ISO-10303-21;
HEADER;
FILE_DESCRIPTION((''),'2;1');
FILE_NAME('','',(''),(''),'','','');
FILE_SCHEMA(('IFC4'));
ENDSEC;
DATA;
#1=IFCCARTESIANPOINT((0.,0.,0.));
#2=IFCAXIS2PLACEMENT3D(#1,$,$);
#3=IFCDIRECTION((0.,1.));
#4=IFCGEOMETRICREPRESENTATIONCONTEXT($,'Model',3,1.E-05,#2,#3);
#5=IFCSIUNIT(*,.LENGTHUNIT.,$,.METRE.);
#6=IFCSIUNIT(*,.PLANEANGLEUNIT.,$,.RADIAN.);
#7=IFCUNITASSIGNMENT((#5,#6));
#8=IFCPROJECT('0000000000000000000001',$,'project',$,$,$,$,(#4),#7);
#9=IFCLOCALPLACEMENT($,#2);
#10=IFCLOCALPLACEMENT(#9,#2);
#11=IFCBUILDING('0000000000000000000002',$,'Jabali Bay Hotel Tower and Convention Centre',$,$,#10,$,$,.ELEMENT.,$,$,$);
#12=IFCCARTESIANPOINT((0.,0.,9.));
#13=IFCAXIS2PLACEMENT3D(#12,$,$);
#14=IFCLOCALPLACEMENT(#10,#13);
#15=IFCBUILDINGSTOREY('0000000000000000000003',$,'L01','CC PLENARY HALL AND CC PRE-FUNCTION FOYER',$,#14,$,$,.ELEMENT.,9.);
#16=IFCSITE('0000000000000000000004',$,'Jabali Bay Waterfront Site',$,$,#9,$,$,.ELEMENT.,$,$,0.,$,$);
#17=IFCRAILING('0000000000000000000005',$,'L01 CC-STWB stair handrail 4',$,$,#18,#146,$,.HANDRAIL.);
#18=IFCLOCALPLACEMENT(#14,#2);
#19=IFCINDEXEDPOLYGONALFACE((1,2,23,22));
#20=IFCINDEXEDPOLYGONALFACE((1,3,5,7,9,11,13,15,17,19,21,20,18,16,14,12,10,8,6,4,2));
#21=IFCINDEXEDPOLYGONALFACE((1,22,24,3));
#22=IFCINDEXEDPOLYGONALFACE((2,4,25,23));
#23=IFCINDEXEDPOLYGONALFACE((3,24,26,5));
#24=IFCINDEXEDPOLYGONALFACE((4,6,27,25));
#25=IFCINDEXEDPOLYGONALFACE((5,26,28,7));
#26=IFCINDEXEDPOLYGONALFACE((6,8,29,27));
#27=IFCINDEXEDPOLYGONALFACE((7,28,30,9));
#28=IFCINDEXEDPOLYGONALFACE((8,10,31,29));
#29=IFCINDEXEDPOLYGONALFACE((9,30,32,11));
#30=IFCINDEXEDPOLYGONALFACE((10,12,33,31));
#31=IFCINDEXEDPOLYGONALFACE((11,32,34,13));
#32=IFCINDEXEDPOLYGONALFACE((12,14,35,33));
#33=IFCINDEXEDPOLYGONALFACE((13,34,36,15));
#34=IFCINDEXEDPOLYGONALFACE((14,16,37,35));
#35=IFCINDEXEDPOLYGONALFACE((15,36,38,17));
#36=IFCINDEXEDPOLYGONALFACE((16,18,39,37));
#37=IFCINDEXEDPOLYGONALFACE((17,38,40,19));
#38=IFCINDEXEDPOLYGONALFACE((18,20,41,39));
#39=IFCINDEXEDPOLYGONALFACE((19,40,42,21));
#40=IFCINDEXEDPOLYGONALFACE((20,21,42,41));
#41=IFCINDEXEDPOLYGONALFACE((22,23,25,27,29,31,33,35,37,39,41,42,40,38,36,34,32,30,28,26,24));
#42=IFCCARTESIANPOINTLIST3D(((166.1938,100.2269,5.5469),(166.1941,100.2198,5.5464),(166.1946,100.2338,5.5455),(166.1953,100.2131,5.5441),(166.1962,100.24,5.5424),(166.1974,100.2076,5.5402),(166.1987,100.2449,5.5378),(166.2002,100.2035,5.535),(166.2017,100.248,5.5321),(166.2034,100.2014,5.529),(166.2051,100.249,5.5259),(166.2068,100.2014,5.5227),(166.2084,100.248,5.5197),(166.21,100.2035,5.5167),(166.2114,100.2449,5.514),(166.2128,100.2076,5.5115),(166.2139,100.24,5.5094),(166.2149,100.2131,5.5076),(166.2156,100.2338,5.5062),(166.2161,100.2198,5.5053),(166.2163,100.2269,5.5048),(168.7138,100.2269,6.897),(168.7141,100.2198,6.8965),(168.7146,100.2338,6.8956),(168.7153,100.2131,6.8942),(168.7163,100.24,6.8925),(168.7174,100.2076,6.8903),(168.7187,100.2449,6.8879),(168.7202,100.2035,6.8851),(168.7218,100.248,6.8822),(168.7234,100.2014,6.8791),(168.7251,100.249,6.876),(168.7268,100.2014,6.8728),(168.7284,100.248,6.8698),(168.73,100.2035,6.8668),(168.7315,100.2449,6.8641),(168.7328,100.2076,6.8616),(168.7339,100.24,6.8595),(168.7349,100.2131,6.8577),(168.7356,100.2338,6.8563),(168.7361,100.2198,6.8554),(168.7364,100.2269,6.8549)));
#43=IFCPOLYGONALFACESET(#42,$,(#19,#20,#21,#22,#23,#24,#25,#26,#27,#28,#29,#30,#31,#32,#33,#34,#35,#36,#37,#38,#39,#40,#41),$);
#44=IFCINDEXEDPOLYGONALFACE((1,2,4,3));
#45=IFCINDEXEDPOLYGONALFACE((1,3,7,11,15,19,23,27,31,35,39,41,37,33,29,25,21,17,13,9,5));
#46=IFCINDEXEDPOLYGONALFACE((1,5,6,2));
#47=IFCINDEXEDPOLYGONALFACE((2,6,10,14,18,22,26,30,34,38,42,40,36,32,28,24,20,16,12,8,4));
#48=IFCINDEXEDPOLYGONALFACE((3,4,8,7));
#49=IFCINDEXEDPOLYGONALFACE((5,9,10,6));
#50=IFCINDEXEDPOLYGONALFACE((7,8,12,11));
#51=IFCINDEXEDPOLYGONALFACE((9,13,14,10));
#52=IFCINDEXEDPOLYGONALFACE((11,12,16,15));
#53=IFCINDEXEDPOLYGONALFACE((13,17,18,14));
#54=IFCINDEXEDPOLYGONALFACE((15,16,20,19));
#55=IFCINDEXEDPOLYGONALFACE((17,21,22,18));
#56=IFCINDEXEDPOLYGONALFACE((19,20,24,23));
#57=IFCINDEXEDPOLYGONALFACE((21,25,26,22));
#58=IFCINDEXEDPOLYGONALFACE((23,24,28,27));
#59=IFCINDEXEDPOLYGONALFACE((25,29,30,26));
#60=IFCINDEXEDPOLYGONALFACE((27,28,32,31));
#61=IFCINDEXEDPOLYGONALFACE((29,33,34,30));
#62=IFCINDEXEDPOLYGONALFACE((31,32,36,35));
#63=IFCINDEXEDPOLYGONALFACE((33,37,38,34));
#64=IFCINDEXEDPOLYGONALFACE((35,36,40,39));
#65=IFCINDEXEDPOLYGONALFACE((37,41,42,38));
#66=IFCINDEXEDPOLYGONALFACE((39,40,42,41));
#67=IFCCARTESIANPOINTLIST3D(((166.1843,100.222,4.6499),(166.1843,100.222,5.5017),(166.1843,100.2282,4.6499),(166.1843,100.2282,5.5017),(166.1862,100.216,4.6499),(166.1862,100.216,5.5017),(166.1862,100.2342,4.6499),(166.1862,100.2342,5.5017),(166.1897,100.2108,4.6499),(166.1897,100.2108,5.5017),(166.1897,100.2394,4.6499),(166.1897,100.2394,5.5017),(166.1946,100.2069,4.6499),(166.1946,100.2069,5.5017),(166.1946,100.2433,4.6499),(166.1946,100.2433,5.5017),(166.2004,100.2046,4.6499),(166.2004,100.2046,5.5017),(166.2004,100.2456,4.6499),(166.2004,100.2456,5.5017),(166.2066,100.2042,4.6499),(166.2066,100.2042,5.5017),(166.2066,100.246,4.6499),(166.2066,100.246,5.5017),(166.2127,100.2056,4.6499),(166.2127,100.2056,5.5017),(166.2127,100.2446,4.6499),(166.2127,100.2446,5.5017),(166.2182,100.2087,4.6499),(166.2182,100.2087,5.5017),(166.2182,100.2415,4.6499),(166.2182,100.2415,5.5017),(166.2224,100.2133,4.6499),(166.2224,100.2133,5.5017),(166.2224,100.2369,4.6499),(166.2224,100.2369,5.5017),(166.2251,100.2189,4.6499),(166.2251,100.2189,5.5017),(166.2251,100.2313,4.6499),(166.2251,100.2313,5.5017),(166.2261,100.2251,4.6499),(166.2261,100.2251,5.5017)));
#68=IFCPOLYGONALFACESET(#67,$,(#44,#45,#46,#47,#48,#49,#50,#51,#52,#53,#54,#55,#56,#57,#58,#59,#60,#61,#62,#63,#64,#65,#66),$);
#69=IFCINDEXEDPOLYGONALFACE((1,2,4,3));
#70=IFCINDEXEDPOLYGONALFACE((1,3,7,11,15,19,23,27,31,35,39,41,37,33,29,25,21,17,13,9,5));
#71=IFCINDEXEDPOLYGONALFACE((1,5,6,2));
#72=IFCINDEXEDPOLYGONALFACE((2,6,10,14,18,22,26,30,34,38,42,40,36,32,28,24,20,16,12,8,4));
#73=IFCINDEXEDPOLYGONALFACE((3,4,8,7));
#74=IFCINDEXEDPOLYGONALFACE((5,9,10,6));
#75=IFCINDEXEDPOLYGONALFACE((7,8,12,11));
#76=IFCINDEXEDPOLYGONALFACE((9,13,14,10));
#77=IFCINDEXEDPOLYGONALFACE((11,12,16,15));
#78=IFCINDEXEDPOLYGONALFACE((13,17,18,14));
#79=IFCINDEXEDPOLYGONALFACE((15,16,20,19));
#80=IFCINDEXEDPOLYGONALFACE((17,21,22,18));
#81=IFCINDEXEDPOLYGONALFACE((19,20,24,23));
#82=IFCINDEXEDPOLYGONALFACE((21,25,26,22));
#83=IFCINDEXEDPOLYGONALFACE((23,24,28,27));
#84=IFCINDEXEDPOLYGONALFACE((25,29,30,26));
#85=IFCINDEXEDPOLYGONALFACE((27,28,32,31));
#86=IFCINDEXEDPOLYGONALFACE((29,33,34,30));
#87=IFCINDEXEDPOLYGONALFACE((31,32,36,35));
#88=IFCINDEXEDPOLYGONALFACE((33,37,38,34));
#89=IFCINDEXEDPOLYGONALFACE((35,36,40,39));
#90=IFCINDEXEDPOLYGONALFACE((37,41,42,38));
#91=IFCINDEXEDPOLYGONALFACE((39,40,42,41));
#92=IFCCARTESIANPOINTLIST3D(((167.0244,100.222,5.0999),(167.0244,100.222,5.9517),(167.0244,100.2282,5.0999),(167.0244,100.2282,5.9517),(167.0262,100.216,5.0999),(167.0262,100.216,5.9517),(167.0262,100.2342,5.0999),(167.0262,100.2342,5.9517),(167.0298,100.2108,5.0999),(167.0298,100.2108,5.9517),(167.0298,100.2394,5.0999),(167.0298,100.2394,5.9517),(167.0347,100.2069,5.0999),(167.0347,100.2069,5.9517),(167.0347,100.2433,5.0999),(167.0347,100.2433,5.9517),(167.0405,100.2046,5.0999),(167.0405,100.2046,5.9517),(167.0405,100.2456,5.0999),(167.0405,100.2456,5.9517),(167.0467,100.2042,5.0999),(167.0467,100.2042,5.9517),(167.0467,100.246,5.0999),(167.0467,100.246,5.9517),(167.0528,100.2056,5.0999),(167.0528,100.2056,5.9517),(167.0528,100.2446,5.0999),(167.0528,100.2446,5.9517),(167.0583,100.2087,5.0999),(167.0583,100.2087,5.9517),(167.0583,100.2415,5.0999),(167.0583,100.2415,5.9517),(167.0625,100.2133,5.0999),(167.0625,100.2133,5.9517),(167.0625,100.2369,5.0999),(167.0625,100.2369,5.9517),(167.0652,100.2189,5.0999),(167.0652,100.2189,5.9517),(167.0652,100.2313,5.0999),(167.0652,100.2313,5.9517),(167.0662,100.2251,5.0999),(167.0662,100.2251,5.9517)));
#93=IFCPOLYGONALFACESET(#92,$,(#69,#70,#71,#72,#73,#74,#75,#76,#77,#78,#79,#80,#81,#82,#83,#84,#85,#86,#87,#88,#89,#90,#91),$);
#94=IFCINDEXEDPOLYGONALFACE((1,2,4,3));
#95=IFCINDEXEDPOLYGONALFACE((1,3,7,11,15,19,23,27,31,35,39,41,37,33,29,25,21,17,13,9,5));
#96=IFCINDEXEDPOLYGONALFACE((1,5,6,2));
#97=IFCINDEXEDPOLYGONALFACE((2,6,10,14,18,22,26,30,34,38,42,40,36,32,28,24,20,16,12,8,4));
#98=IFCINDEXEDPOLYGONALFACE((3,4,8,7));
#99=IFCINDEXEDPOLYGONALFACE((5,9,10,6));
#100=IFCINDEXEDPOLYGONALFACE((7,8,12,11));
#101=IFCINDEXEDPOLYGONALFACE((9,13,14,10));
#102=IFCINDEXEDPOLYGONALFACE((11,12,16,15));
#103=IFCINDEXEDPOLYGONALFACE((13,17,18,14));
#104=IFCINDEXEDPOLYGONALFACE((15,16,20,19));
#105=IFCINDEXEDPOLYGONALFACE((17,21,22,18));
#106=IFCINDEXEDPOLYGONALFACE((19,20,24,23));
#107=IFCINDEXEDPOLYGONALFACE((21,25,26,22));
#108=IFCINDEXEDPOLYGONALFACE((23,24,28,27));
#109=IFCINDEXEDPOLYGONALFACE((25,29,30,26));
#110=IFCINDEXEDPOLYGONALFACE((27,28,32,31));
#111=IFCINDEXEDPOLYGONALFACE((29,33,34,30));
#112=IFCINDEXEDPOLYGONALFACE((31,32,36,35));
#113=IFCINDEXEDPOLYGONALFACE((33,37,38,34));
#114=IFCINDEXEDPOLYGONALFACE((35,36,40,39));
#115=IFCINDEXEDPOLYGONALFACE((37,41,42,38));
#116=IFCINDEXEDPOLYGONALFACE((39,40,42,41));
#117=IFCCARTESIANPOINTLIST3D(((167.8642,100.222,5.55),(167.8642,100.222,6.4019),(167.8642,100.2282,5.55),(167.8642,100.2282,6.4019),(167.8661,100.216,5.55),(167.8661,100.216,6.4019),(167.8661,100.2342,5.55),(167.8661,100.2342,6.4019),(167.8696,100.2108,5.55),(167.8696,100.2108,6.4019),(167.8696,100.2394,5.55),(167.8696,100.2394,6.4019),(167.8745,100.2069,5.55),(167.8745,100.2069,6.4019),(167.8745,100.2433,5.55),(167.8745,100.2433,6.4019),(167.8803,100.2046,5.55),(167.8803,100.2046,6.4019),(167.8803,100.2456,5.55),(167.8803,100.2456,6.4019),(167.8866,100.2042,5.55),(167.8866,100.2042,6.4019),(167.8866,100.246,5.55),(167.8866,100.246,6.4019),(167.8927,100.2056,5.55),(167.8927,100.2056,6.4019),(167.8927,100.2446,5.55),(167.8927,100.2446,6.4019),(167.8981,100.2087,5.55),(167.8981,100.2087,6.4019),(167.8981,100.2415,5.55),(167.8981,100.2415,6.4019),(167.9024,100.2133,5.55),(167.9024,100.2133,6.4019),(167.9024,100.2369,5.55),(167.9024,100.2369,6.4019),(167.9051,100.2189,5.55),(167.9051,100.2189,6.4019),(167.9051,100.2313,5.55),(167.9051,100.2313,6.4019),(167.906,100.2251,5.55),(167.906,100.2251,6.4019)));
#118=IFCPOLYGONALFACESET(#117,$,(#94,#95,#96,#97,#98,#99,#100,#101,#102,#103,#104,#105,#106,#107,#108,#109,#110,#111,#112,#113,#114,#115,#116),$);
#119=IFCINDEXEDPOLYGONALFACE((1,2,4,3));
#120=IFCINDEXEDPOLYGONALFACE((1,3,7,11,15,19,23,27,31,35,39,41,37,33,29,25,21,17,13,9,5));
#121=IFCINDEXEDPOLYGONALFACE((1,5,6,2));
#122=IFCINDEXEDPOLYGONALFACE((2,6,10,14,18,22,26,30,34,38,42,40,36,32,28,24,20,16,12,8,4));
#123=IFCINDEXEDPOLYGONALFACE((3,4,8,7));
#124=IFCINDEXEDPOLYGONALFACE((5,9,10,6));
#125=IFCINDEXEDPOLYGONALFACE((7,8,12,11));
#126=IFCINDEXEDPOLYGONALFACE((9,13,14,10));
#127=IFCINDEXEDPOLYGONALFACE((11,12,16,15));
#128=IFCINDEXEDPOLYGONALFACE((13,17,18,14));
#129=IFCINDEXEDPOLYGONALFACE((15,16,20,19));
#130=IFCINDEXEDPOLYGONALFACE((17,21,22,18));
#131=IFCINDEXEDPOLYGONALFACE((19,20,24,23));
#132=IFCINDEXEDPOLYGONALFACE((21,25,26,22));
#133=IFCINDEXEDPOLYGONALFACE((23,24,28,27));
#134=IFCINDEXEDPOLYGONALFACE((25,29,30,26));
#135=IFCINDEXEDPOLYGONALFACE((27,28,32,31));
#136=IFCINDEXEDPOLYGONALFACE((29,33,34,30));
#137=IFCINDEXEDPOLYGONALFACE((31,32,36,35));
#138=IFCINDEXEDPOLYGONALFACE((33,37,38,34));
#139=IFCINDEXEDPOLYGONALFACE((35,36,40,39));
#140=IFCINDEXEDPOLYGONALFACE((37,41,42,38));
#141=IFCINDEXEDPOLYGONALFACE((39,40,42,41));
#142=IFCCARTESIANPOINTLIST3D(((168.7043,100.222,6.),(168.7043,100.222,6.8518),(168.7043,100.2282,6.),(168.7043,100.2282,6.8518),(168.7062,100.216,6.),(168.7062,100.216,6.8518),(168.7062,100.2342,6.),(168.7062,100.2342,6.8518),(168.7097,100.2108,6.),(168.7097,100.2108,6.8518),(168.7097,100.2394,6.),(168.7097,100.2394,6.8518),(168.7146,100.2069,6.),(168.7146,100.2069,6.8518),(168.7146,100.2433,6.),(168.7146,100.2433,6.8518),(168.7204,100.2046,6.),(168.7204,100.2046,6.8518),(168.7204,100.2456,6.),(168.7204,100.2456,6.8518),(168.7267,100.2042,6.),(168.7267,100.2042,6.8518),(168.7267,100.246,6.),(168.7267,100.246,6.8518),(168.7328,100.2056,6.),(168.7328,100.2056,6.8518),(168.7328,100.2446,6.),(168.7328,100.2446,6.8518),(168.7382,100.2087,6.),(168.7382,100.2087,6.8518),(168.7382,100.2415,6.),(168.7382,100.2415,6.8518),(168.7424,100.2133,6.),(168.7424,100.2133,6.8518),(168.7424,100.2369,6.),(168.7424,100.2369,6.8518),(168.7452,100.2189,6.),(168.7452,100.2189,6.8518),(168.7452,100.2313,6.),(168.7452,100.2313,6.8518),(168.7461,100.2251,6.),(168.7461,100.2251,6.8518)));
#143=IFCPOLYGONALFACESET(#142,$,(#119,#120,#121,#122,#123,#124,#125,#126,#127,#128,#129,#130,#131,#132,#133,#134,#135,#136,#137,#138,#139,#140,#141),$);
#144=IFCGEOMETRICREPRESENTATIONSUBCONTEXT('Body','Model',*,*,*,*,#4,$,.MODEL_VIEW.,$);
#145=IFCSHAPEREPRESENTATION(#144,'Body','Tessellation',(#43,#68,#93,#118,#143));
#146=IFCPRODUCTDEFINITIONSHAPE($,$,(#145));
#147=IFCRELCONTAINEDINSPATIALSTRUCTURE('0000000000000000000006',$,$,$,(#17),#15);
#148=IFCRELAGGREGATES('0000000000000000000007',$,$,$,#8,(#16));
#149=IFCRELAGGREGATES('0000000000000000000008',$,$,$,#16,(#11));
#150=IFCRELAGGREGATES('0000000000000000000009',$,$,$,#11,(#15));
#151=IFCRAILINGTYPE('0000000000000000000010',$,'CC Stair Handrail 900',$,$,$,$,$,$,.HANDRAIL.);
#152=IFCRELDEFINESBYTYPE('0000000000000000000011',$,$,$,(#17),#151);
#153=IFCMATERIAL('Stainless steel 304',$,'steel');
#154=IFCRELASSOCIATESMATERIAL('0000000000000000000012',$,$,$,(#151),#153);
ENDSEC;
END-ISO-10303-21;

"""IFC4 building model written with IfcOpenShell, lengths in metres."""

from ifc_helpers import new_model, si_unit, direction, frame, origin, origin_2d, place, context, subcontext, project, spatial, circle, extrude, material, type_object, element, save


model = new_model("IFC4")

# Units and contexts
model_context = context("Model", 3, precision=1e-05, world=origin(), true_north=direction((0.0, 1.0)))
body_context = subcontext(model_context, "Body", "Model", "MODEL_VIEW")
ifc_project = project(units=[si_unit("LENGTHUNIT", "METRE"), si_unit("PLANEANGLEUNIT", "RADIAN")], contexts=[model_context])

# Site, building, storey
site_placement = place(None, origin())
site = spatial("IfcSite", under=ifc_project, at=site_placement, Name="Jabali Bay Waterfront Site", CompositionType="ELEMENT", RefElevation=0.0)
building_placement = place(site_placement, origin())
building = spatial("IfcBuilding", under=site, at=building_placement, Name="Jabali Bay Hotel Tower and Convention Centre", CompositionType="ELEMENT")
storey_placement = place(building_placement, frame((0.0, 0.0, 9.0)))
storey = spatial("IfcBuildingStorey", under=building, at=storey_placement, Name="L01", Description="CC PLENARY HALL AND CC PRE-FUNCTION FOYER", CompositionType="ELEMENT", Elevation=9.0)

# Railing
ifc_material_1 = material(Name="Stainless steel 304", Category="steel")
railing_type_1 = type_object("IfcRailingType", Name="CC Stair Handrail 900", PredefinedType="HANDRAIL", material=ifc_material_1)
for number, where, name in (
    (1, (166.2051, 100.2251, 4.6499), "L01 CC-STWB stair handrail 4"),
):
    element("IfcRailing", number, at=place(storey_placement, frame(where)), inside=storey, type_object=railing_type_1, Name=name, PredefinedType="HANDRAIL", context=body_context, shape_type="SweptSolid", body=[
        extrude(circle(Radius=0.0239, at=origin_2d()), frame((0.0, 0.0, 0.876), z_axis=(0.881467, 0.0, 0.472245), x_axis=(0.0, 1.0, 0.0)), (0.0, 0.0, 1.0), 2.8589),
        extrude(circle(Radius=0.021, at=origin_2d()), origin(), (0.0, 0.0, 1.0), 0.8518),
        extrude(circle(Radius=0.021, at=origin_2d()), frame((0.8401, 0.0, 0.45)), (0.0, 0.0, 1.0), 0.8518),
        extrude(circle(Radius=0.021, at=origin_2d()), frame((1.6799, 0.0, 0.9001)), (0.0, 0.0, 1.0), 0.8518),
        extrude(circle(Radius=0.021, at=origin_2d()), frame((2.52, 0.0, 1.3501)), (0.0, 0.0, 1.0), 0.8518),
    ])

save(model, "model.ifc")
